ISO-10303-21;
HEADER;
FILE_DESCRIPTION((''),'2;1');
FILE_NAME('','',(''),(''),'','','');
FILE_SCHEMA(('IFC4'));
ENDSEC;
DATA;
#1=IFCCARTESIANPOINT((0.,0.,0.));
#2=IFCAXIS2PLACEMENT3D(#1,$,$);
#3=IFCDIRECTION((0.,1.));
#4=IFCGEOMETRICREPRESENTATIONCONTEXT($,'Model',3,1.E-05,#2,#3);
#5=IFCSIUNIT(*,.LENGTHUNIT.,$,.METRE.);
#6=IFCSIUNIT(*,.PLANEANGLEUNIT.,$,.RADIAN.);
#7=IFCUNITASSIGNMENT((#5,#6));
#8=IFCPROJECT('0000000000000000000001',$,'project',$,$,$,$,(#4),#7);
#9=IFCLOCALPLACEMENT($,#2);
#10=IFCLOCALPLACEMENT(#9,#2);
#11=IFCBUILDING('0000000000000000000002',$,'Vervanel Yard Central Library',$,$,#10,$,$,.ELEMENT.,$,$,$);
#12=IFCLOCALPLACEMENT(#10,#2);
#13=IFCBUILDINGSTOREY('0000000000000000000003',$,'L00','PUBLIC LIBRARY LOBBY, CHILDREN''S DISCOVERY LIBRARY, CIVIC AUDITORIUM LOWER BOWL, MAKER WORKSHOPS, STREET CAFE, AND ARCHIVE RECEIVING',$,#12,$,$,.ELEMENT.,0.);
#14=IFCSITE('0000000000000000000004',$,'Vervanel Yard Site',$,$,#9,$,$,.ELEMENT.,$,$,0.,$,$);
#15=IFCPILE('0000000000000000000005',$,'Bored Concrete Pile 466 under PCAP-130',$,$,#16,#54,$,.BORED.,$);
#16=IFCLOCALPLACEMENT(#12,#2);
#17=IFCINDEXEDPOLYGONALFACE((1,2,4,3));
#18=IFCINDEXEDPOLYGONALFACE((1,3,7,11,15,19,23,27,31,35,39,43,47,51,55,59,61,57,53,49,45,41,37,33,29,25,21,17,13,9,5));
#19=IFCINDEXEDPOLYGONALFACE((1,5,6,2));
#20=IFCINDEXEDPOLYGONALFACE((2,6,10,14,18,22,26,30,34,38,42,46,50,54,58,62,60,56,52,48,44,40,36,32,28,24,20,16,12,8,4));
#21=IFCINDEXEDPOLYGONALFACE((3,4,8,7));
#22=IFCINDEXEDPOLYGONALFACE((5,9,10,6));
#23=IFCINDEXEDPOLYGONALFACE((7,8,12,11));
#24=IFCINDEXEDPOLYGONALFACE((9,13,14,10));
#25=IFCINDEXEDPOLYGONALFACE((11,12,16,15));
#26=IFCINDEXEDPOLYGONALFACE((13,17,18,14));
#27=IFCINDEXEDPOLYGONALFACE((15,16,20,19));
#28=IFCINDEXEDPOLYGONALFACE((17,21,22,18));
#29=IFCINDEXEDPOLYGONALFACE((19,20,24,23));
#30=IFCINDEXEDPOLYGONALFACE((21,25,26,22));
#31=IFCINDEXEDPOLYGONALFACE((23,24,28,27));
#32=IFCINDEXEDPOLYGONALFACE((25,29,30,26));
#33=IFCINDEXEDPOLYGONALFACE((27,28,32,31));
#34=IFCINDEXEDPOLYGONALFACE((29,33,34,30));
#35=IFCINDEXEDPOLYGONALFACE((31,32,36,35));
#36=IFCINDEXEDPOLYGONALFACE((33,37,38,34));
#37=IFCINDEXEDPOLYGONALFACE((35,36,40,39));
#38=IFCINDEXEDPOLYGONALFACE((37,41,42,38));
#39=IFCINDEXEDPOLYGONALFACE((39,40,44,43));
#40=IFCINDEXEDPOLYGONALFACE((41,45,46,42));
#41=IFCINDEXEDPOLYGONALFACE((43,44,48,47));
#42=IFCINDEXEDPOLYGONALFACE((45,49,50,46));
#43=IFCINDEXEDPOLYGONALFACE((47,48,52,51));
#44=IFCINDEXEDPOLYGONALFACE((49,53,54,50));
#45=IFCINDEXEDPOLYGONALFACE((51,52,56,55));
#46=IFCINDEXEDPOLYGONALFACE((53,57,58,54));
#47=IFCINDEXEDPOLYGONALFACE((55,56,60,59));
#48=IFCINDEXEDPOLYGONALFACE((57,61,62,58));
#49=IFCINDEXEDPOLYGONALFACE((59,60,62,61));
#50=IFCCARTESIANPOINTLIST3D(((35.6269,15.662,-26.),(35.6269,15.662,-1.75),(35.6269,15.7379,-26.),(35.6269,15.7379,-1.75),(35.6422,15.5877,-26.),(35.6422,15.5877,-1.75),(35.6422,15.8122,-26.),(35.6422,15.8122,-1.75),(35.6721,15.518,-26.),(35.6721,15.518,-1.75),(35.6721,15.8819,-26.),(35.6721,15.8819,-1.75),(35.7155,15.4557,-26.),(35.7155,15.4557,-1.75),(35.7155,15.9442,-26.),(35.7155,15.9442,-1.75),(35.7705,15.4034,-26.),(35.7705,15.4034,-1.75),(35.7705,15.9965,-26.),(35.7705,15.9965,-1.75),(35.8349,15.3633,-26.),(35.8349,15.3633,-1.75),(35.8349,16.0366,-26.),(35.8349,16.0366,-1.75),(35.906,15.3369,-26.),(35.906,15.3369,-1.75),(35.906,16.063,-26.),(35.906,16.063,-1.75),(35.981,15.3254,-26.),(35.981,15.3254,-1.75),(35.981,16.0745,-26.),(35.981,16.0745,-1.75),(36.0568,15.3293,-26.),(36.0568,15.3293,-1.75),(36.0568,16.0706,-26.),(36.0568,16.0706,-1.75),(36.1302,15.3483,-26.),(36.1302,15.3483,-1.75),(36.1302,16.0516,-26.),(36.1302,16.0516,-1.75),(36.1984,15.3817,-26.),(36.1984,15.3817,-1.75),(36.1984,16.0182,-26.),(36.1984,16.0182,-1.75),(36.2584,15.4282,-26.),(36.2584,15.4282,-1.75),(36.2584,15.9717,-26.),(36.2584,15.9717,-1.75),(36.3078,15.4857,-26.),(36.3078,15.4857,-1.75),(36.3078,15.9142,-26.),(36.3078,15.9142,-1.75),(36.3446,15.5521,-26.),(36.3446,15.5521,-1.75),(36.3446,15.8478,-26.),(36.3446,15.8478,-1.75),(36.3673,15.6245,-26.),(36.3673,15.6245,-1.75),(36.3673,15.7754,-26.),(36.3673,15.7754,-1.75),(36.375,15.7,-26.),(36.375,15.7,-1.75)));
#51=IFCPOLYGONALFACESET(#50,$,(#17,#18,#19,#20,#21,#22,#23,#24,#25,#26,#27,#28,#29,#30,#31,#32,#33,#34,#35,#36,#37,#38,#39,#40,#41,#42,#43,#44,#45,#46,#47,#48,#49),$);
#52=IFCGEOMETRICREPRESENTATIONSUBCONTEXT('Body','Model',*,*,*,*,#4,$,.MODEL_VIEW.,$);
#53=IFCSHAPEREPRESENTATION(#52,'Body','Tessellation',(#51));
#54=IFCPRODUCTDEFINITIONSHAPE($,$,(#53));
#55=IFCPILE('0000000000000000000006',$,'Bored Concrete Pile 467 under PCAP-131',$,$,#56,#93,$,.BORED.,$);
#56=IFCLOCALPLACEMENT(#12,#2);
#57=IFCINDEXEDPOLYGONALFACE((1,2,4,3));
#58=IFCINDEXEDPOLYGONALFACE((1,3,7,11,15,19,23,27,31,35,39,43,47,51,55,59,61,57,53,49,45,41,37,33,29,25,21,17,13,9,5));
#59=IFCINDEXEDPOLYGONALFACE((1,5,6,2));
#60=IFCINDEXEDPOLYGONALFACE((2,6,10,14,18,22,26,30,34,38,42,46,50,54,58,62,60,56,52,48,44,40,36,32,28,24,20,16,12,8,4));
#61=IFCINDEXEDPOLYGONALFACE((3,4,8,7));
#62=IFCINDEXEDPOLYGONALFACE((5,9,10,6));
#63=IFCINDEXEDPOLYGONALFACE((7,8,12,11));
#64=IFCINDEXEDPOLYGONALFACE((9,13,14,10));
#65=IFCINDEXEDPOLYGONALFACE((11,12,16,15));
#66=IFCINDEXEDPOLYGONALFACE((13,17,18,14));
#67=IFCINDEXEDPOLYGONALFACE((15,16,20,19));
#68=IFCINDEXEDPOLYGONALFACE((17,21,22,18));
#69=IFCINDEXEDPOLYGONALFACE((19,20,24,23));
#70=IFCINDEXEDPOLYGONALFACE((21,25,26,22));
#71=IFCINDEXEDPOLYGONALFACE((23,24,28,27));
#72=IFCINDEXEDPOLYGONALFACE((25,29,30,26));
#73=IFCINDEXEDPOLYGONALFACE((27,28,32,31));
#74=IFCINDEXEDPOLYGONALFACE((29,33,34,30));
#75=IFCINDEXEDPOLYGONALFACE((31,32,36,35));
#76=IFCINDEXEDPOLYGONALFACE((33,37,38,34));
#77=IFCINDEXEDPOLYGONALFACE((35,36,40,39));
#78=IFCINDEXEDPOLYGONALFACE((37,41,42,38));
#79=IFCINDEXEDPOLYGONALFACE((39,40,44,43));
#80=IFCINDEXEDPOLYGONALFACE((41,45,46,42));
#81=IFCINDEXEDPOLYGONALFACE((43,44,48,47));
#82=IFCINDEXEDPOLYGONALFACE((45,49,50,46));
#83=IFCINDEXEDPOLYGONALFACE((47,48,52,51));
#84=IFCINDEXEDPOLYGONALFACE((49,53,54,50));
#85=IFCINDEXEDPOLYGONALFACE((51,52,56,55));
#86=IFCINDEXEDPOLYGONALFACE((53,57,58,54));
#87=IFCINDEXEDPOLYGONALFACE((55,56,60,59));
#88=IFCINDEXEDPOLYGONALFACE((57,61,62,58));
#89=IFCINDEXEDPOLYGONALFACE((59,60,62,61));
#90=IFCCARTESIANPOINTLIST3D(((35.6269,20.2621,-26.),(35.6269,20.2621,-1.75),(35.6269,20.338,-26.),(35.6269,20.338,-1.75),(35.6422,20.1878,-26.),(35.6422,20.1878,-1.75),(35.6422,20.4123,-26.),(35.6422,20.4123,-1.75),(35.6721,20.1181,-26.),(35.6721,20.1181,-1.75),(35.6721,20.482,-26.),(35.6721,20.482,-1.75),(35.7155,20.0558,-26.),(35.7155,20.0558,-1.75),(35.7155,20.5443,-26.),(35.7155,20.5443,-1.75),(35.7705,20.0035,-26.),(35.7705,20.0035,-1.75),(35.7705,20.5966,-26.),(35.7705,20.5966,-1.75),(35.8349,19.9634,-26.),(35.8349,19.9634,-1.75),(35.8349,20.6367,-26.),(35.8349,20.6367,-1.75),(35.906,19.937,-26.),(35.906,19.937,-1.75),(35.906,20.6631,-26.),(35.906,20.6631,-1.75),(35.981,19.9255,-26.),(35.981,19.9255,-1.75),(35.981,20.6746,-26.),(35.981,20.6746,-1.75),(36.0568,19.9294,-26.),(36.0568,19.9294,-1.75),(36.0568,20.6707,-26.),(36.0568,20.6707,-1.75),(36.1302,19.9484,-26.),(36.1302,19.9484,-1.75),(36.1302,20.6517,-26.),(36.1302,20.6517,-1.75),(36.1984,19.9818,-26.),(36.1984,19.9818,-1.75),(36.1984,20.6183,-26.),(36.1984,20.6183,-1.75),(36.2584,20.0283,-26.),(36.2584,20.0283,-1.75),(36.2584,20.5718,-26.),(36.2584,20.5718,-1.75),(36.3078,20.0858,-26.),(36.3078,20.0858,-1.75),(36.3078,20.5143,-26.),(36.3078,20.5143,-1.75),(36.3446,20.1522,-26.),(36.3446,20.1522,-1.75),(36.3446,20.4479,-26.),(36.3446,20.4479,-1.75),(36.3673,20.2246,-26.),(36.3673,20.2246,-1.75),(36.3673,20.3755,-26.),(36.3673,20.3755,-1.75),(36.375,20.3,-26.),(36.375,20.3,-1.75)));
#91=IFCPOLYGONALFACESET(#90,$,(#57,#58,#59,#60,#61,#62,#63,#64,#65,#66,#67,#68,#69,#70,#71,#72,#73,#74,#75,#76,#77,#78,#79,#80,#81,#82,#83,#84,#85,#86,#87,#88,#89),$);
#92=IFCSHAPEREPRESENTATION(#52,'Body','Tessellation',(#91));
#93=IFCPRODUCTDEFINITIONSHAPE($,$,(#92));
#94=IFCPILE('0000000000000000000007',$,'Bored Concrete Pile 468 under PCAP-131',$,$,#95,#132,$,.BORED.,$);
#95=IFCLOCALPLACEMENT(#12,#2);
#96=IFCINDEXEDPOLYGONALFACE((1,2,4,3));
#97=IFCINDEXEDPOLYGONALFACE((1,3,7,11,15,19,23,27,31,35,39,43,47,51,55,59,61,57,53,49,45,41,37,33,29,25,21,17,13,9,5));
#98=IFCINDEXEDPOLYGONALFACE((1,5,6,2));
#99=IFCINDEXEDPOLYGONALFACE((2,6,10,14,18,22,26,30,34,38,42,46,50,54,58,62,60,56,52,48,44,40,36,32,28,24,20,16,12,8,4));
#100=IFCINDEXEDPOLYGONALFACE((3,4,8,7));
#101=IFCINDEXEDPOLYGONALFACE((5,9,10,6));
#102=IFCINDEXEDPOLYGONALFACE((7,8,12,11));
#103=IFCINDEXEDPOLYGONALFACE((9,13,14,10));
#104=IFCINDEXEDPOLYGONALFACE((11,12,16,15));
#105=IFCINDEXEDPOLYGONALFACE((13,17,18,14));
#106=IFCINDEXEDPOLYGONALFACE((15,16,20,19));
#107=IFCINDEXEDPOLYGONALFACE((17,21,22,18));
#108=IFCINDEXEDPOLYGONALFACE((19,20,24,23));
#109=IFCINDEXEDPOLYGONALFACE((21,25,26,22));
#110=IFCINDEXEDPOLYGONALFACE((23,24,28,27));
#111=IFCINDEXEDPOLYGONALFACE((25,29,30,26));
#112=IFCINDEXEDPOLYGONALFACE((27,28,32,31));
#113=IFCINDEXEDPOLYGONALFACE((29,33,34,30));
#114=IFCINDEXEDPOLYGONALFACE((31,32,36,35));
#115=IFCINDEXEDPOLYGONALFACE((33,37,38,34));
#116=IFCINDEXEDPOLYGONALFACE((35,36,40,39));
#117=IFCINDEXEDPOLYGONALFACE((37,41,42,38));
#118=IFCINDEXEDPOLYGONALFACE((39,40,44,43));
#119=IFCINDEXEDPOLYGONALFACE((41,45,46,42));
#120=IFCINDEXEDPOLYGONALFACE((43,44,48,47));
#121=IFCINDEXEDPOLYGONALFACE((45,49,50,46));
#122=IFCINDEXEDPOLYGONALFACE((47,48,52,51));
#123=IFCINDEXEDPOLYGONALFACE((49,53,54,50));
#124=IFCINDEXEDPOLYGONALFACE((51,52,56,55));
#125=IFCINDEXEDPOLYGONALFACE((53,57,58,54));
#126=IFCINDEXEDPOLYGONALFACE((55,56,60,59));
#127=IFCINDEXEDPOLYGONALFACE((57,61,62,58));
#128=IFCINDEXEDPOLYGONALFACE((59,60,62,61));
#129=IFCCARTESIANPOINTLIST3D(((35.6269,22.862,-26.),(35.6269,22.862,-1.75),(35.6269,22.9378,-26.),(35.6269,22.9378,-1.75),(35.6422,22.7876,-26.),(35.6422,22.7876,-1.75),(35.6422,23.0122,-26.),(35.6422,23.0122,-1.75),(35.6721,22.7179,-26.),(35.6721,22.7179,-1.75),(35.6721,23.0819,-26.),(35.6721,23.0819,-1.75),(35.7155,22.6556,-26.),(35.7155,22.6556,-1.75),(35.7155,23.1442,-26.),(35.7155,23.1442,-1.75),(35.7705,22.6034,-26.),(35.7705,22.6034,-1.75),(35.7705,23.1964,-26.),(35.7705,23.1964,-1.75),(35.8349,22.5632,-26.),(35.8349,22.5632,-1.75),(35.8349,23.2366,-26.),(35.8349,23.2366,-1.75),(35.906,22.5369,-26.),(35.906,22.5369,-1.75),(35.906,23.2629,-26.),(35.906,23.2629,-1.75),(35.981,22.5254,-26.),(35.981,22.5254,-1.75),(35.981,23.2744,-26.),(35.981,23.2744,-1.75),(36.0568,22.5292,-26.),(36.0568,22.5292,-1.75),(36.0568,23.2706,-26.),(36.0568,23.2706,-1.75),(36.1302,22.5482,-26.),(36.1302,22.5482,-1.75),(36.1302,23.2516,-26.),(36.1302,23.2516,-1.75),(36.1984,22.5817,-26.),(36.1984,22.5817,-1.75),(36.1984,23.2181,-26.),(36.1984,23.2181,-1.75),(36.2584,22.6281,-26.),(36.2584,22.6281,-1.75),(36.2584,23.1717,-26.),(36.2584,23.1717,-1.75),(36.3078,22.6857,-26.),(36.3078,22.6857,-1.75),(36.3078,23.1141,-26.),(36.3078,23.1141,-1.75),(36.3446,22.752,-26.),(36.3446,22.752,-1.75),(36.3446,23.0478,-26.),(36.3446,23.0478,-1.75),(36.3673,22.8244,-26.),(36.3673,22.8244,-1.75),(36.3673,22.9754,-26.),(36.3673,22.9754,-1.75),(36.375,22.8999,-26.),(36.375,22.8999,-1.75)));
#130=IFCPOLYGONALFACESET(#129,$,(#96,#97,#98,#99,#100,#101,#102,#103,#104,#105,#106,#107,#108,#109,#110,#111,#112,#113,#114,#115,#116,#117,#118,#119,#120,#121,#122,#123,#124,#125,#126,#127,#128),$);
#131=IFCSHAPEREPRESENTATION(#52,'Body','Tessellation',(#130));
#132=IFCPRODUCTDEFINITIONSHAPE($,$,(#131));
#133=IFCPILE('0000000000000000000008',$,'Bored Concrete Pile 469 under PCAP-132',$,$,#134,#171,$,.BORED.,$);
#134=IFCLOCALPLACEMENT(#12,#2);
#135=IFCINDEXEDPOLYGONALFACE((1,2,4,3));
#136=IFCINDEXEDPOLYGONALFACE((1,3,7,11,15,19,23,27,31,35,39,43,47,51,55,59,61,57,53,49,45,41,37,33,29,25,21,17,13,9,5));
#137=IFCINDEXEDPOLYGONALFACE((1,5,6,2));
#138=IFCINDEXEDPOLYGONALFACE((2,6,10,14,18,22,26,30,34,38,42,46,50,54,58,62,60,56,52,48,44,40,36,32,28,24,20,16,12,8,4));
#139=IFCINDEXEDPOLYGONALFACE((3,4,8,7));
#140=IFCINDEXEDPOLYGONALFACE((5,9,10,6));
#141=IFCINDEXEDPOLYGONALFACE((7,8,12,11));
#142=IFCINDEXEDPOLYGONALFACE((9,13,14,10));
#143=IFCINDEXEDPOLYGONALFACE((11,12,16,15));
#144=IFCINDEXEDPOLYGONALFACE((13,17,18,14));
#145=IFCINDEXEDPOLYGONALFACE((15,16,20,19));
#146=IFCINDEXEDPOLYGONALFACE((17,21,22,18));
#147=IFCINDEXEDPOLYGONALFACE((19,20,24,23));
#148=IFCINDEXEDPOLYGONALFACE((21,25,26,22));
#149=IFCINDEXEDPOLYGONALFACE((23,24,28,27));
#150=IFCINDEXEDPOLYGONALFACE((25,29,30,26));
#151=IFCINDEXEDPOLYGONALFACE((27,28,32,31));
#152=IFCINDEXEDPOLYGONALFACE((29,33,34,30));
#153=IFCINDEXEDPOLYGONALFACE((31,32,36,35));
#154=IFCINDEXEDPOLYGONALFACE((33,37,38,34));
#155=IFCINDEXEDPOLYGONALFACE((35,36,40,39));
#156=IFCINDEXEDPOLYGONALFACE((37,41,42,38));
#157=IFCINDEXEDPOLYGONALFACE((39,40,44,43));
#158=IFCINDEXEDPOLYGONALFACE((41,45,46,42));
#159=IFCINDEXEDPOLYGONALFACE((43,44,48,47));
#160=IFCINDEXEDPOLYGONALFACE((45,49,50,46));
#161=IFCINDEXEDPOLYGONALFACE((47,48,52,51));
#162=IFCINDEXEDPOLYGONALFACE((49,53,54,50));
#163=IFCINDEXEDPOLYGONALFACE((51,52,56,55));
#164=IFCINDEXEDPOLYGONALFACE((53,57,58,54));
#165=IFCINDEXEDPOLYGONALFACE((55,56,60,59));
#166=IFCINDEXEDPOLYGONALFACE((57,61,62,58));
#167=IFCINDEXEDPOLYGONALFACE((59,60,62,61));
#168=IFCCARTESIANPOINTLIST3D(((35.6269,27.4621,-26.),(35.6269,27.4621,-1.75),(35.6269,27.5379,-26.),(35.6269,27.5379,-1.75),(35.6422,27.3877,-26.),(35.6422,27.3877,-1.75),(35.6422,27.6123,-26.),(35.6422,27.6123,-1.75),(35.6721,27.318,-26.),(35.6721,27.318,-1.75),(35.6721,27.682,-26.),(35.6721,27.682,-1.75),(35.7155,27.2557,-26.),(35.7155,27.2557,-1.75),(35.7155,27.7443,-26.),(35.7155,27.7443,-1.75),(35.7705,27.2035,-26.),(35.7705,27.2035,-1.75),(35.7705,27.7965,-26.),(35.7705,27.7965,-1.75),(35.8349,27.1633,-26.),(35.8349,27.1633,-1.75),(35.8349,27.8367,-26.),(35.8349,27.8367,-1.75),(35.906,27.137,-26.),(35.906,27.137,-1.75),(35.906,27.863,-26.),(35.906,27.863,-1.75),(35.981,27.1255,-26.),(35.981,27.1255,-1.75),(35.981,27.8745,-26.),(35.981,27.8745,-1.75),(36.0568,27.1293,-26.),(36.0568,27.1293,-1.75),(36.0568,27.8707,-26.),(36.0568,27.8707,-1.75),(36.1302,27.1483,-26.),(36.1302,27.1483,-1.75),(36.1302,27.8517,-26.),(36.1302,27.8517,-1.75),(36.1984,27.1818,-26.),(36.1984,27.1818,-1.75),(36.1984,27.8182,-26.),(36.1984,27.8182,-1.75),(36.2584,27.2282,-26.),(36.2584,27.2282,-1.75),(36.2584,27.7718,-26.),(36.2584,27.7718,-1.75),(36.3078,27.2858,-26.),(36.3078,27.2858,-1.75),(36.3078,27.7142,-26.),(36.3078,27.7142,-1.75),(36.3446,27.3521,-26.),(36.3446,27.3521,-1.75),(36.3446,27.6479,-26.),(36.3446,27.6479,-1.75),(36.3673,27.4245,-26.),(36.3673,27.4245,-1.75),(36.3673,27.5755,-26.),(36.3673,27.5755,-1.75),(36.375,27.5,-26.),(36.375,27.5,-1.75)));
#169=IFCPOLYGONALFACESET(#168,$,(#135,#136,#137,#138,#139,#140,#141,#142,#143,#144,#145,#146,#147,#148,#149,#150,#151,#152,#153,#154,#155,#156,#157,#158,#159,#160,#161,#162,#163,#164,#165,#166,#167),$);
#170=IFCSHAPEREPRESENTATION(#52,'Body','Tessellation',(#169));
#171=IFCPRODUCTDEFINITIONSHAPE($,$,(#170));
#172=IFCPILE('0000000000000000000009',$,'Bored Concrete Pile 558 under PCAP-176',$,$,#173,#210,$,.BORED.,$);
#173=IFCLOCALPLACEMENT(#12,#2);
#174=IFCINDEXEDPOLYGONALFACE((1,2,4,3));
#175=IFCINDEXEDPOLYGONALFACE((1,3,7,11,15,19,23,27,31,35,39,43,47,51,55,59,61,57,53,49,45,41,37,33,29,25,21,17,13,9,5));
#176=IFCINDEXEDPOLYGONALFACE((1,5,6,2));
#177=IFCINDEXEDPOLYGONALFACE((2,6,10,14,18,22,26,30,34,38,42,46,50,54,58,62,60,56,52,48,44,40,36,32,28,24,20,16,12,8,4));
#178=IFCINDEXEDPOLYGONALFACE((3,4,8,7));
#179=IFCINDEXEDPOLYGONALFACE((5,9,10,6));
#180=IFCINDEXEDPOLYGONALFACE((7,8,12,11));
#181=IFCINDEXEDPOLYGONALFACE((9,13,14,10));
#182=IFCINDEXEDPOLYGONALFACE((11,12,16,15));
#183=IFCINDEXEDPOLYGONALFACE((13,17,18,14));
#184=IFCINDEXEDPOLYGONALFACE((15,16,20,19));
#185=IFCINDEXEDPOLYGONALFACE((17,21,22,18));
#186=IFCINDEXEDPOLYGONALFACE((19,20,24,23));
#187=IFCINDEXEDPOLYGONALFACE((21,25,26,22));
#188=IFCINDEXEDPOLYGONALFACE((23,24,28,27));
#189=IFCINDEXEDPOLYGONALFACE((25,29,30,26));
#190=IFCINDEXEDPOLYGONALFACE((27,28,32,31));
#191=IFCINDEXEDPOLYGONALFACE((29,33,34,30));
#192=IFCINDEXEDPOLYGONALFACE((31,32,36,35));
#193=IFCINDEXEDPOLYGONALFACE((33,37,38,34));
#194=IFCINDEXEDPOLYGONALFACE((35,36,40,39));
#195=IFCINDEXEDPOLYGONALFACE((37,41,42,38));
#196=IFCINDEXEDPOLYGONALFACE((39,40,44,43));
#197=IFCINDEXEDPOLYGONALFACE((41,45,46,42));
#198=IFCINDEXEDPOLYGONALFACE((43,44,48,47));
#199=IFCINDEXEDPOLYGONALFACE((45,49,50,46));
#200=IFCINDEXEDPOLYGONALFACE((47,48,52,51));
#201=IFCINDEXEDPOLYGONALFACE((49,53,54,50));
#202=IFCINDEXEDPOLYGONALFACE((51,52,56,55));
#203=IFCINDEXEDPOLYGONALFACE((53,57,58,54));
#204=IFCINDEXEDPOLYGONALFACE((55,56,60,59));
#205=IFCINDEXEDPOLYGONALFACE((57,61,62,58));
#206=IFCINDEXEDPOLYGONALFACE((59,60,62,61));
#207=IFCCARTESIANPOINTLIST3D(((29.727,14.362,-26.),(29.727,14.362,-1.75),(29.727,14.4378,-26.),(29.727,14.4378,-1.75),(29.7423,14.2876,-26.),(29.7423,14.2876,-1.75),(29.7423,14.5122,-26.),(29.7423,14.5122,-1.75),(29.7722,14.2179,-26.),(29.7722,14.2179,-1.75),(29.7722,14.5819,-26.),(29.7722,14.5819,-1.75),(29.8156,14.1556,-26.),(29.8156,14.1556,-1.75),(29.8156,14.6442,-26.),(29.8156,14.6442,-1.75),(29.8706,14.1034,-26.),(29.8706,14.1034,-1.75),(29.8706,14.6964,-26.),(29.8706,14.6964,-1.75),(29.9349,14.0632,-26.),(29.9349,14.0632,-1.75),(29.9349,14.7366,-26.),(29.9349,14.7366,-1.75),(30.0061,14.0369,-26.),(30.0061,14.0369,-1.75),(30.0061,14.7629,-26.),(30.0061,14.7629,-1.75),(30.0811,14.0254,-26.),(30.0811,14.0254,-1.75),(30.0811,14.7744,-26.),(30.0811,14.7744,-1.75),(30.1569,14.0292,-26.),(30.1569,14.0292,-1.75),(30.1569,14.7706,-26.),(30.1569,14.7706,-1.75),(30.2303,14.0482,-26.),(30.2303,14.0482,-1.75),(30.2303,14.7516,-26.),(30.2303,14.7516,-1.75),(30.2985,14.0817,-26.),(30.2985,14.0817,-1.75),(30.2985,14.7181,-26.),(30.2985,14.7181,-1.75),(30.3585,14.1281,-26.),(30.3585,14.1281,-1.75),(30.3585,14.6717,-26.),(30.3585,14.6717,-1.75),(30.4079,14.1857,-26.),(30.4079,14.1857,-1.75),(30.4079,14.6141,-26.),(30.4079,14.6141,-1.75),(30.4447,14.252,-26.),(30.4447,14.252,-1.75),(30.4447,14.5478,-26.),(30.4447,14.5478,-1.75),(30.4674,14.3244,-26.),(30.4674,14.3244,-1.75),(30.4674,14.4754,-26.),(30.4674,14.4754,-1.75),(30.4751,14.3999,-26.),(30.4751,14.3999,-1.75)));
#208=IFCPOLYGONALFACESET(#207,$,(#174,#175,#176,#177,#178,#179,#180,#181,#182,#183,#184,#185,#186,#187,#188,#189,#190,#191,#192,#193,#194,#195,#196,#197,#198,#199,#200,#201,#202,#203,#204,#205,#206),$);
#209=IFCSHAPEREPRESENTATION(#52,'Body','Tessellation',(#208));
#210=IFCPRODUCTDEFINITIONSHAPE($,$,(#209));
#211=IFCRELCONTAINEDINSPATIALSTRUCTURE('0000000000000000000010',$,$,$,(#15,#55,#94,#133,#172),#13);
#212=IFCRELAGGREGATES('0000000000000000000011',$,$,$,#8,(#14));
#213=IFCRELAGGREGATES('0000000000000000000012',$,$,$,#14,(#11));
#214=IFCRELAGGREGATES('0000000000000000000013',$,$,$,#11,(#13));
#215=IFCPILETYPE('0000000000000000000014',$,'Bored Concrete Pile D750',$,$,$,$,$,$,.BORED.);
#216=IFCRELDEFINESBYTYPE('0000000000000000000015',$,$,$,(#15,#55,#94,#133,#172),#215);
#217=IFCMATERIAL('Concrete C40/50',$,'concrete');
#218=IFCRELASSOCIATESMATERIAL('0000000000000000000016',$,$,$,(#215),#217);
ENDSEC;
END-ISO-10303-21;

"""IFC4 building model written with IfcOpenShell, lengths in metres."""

from ifc_helpers import new_model, si_unit, direction, frame, origin, origin_2d, place, context, subcontext, project, spatial, circle, extrude, material, material_profile, profile_set, type_object, element, save


model = new_model("IFC4")

# Units and contexts
model_context = context("Model", 3, precision=1e-05, world=origin(), true_north=direction((0.0, 1.0)))
body_context = subcontext(model_context, "Body", "Model", "MODEL_VIEW")
ifc_project = project(units=[si_unit("LENGTHUNIT", "METRE"), si_unit("PLANEANGLEUNIT", "RADIAN")], contexts=[model_context])

# Site, building, storey
site_placement = place(None, origin())
site = spatial("IfcSite", under=ifc_project, at=site_placement, Name="Vervanel Yard Site", CompositionType="ELEMENT", RefElevation=0.0)
building_placement = place(site_placement, origin())
building = spatial("IfcBuilding", under=site, at=building_placement, Name="Vervanel Yard Central Library", CompositionType="ELEMENT")
storey_placement = place(building_placement, origin())
storey = spatial("IfcBuildingStorey", under=building, at=storey_placement, Name="L00", Description="PUBLIC LIBRARY LOBBY, CHILDREN'S DISCOVERY LIBRARY, CIVIC AUDITORIUM LOWER BOWL, MAKER WORKSHOPS, STREET CAFE, AND ARCHIVE RECEIVING", CompositionType="ELEMENT", Elevation=0.0)

# Piles
ifc_material_1 = material(Name="Concrete C40/50", Category="concrete")
ifc_material_profile_1 = material_profile(ifc_material_1, circle(Radius=0.375, at=origin_2d()), Name="BP D750", Category="concrete")
ifc_profile_set_1 = profile_set([ifc_material_profile_1], Name="Concrete C40/50")
pile_type = type_object("IfcPileType", Name="Bored Concrete Pile D750", PredefinedType="BORED", material=ifc_profile_set_1)
for number, where, z_axis, x_axis, name in (
    (1, (36.0, 15.7, -1.75), (0.0, 0.0, -1.0), (1.0, 0.0, 0.0), "Bored Concrete Pile 466 under PCAP-130"),
    (2, (36.0, 20.3, -1.75), (0.0, 0.0, -1.0), (1.0, 0.0, 0.0), "Bored Concrete Pile 467 under PCAP-131"),
    (3, (36.0, 22.8999, -1.75), (0.0, 0.0, -1.0), (1.0, 0.0, 0.0), "Bored Concrete Pile 468 under PCAP-131"),
    (4, (36.0, 27.5, -1.75), (0.0, 0.0, -1.0), (1.0, 0.0, 0.0), "Bored Concrete Pile 469 under PCAP-132"),
    (5, (30.1001, 14.3999, -1.75), (0.0, 0.0, -1.0), (1.0, 0.0, 0.0), "Bored Concrete Pile 558 under PCAP-176"),
):
    element("IfcPile", number, at=place(storey_placement, frame(where, z_axis=z_axis, x_axis=x_axis)), inside=storey, type_object=pile_type, Name=name, PredefinedType="BORED", context=body_context, shape_type="SweptSolid", body=[
        extrude(circle(Radius=0.375, at=origin_2d()), origin(), (0.0, 0.0, 1.0), 24.25),
    ])

save(model, "model.ifc")
